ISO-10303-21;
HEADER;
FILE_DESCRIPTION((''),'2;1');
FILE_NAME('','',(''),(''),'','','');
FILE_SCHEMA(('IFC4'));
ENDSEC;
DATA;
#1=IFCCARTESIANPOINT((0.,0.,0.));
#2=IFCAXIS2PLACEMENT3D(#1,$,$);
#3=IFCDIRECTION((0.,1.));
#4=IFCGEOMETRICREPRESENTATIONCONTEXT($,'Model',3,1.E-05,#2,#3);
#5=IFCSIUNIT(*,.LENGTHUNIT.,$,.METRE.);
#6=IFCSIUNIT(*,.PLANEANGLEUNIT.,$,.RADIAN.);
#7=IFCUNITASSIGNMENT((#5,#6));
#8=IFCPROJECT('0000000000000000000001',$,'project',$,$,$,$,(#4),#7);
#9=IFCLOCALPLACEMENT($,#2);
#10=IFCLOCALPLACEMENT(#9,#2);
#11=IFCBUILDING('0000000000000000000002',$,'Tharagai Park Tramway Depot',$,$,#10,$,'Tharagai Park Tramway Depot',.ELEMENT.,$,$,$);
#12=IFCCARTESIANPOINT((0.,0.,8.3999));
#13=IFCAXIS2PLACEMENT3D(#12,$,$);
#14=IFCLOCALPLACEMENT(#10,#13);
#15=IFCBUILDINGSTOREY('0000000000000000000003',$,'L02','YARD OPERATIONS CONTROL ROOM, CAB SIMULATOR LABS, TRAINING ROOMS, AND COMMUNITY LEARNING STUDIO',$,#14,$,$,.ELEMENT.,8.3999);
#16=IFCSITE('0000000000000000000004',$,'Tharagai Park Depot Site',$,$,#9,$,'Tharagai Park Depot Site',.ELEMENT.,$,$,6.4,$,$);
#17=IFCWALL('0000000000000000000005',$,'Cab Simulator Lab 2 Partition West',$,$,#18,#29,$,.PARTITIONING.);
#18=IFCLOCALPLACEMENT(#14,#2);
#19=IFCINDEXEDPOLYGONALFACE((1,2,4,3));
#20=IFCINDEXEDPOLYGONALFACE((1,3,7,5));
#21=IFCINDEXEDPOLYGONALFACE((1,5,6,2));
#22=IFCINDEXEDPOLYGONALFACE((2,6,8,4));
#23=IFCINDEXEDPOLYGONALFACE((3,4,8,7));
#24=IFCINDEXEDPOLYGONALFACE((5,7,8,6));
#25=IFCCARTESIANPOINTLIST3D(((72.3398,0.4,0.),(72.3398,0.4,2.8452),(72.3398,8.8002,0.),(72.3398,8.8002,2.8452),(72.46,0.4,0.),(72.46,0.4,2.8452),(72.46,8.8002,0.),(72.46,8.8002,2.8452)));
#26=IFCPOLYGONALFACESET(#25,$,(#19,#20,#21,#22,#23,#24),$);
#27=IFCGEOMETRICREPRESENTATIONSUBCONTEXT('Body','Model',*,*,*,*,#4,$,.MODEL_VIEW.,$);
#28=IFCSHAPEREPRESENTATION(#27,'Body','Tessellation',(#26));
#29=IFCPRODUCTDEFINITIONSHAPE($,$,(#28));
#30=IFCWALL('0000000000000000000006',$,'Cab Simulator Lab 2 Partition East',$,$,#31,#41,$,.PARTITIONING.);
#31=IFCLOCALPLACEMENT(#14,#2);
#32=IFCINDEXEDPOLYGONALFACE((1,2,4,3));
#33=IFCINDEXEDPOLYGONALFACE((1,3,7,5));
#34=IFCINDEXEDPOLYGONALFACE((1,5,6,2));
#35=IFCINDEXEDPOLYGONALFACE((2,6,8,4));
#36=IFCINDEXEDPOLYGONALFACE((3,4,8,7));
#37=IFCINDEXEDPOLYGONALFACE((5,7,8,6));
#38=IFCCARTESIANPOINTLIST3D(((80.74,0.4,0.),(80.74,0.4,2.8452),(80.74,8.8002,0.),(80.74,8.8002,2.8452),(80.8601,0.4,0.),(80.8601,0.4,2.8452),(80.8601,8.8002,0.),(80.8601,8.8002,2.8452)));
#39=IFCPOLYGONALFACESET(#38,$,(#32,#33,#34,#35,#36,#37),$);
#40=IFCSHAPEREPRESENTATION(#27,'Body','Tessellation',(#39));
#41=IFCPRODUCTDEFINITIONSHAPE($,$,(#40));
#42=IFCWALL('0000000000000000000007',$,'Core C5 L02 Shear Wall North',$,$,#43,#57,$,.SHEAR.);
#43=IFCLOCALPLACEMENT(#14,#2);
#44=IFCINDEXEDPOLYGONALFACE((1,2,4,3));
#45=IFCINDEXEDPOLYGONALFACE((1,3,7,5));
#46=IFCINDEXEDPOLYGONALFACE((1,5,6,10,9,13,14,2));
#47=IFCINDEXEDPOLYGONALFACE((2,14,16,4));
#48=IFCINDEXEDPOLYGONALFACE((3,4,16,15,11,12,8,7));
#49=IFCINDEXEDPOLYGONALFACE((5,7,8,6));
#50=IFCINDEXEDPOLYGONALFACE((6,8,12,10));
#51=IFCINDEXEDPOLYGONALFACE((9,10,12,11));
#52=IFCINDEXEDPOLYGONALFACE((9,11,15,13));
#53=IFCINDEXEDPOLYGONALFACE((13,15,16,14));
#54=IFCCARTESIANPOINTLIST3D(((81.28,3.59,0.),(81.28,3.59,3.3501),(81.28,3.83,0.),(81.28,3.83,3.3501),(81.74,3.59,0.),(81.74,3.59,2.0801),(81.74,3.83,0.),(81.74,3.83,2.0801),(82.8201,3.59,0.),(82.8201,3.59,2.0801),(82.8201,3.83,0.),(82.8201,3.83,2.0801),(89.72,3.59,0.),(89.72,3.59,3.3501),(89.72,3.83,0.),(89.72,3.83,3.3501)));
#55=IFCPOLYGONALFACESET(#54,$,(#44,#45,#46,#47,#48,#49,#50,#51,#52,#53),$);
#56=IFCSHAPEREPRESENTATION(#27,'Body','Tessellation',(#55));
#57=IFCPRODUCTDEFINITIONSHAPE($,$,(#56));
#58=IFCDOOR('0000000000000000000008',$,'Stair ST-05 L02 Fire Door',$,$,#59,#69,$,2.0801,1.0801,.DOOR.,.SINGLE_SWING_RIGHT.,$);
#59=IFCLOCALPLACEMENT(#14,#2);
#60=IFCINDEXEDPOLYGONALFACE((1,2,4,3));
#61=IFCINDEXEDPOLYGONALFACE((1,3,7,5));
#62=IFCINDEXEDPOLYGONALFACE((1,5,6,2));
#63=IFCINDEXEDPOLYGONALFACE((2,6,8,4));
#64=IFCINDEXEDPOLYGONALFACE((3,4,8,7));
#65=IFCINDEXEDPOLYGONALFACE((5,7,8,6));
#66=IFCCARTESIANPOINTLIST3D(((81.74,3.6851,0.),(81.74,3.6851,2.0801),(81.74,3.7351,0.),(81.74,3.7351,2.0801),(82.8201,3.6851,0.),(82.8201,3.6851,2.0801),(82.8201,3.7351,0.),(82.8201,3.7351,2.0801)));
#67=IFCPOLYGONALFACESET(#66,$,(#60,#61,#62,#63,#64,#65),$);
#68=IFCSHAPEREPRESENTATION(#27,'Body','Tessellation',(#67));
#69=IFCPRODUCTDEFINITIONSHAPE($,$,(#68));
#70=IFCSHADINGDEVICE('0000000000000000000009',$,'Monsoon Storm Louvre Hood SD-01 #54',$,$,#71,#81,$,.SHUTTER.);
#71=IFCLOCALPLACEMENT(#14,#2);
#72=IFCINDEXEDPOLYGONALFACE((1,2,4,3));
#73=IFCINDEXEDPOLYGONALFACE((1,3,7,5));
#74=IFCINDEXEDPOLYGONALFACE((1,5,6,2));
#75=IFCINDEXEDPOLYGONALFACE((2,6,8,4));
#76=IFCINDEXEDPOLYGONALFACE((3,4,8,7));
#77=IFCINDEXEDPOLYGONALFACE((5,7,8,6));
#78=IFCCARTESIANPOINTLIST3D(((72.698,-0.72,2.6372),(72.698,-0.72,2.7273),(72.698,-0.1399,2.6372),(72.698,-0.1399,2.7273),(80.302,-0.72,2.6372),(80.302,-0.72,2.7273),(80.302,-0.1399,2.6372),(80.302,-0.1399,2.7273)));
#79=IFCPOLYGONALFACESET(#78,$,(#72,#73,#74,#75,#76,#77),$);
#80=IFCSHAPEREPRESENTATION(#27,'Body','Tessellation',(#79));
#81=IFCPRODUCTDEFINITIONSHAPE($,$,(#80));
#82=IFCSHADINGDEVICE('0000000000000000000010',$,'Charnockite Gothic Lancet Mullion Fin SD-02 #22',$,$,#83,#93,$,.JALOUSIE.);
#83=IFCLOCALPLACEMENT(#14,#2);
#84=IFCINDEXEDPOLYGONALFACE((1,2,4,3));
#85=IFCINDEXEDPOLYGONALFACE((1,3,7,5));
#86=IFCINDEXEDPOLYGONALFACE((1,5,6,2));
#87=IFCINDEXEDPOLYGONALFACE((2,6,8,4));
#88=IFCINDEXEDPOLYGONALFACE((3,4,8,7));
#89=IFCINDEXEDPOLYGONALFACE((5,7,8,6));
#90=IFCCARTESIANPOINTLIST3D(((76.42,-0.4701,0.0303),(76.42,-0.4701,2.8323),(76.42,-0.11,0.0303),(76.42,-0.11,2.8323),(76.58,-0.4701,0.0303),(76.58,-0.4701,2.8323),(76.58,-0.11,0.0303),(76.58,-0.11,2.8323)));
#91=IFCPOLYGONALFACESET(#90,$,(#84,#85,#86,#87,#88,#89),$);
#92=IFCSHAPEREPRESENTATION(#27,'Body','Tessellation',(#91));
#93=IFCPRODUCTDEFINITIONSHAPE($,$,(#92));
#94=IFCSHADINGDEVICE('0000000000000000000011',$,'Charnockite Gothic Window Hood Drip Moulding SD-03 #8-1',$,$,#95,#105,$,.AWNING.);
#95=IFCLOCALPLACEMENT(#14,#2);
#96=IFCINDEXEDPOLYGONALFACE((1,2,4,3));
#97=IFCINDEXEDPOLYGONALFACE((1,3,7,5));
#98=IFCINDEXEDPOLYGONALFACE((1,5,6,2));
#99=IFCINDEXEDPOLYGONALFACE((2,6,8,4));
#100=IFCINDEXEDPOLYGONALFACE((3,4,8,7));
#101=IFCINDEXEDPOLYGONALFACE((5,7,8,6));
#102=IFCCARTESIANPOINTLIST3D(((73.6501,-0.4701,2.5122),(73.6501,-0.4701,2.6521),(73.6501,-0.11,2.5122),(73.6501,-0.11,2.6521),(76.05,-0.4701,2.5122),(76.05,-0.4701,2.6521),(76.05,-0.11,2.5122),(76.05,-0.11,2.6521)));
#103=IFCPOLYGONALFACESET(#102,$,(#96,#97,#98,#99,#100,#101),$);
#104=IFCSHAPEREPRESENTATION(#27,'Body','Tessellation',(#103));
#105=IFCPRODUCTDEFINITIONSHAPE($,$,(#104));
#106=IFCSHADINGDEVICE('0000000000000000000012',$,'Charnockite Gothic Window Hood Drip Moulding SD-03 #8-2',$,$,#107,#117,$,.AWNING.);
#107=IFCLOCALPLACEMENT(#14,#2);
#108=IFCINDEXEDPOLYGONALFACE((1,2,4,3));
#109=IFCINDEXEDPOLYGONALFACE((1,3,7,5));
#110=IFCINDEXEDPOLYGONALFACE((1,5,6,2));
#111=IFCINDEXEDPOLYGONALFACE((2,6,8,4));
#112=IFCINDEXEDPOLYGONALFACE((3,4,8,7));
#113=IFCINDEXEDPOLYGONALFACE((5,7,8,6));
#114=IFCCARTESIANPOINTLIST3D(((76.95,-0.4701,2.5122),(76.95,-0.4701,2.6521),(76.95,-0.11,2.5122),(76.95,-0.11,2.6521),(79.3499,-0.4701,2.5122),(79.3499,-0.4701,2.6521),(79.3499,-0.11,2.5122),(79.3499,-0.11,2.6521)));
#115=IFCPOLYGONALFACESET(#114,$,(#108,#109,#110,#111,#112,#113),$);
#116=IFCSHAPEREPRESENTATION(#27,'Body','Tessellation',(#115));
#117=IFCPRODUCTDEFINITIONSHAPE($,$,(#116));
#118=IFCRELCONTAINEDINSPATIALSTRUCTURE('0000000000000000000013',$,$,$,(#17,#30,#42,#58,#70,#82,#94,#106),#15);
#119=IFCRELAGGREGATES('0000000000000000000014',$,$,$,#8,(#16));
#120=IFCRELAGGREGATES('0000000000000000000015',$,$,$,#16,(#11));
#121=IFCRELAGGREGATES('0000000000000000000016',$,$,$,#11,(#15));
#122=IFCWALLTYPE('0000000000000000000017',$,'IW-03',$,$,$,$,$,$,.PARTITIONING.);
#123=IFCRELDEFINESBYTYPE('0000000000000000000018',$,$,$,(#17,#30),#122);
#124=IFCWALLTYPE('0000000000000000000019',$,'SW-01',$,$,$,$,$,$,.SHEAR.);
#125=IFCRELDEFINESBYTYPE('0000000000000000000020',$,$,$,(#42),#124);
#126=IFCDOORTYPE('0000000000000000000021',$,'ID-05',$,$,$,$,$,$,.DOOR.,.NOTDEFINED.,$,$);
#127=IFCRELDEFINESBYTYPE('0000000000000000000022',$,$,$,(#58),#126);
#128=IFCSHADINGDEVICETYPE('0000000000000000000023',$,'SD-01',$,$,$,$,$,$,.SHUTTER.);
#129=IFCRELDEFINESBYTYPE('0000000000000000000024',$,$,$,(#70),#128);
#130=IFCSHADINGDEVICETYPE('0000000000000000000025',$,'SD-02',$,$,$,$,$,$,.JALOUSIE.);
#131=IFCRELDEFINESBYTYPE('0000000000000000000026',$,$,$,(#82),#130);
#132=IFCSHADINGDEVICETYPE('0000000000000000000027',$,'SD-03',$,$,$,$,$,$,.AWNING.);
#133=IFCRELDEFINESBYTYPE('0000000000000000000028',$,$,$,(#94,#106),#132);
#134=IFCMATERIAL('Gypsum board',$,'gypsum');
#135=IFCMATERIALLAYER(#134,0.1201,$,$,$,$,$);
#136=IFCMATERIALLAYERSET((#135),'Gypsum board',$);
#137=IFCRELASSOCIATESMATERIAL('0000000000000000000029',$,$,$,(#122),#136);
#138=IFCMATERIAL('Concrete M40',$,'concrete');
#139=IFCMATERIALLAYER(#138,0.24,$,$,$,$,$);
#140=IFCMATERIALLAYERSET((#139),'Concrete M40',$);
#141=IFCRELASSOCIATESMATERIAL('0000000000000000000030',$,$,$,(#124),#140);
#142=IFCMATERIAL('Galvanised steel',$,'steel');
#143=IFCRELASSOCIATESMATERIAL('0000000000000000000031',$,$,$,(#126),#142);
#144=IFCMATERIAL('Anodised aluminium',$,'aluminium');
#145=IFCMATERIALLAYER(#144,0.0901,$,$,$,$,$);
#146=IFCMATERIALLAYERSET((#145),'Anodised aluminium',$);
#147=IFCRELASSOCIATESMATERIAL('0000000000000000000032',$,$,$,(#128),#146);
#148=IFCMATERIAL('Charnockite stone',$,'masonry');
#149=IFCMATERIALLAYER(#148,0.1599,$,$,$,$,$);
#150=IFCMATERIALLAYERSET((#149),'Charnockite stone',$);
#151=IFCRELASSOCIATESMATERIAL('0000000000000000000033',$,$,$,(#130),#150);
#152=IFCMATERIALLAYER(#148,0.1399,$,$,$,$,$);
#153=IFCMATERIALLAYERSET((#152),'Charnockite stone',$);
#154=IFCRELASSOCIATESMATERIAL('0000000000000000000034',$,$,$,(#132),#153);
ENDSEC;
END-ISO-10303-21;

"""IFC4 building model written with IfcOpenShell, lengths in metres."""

from ifc_helpers import new_model, si_unit, direction, frame, frame_2d, origin, origin_2d, place, context, subcontext, project, spatial, rectangle, extrude, material, layer, layer_set, type_object, element, fill, save


model = new_model("IFC4")

# Units and contexts
model_context = context("Model", 3, precision=1e-05, world=origin(), true_north=direction((0.0, 1.0)))
body_context = subcontext(model_context, "Body", "Model", "MODEL_VIEW")
ifc_project = project(units=[si_unit("LENGTHUNIT", "METRE"), si_unit("PLANEANGLEUNIT", "RADIAN")], contexts=[model_context])

# Site, building, storey
site_placement = place(None, origin())
site = spatial("IfcSite", under=ifc_project, at=site_placement, Name="Tharagai Park Depot Site", LongName="Tharagai Park Depot Site", CompositionType="ELEMENT", RefElevation=6.4)
building_placement = place(site_placement, origin())
building = spatial("IfcBuilding", under=site, at=building_placement, Name="Tharagai Park Tramway Depot", LongName="Tharagai Park Tramway Depot", CompositionType="ELEMENT")
storey_placement = place(building_placement, frame((0.0, 0.0, 8.3999)))
storey = spatial("IfcBuildingStorey", under=building, at=storey_placement, Name="L02", Description="YARD OPERATIONS CONTROL ROOM, CAB SIMULATOR LABS, TRAINING ROOMS, AND COMMUNITY LEARNING STUDIO", CompositionType="ELEMENT", Elevation=8.3999)

# Shared definitions
ifc_material_1 = material(Name="Concrete M40", Category="concrete")

# Shared definitions
ifc_material_2 = material(Name="Gypsum board", Category="gypsum")
ifc_layer_1 = layer(ifc_material_2, 0.1201)
ifc_layer_set_1 = layer_set([ifc_layer_1], Name="Gypsum board")
wall_type_1 = type_object("IfcWallType", Name="IW-03", PredefinedType="PARTITIONING", material=ifc_layer_set_1)

# Walls
for number, where, z_axis, x_axis, name in (
    (1, (72.3999, 0.3999, 0.0), (0.0, 0.0, 1.0), (0.0, 1.0, 0.0), "Cab Simulator Lab 2 Partition West"),
    (2, (80.8, 0.3999, 0.0), (0.0, 0.0, 1.0), (0.0, 1.0, 0.0), "Cab Simulator Lab 2 Partition East"),
):
    element("IfcWall", number, at=place(storey_placement, frame(where, z_axis=z_axis, x_axis=x_axis)), inside=storey, type_object=wall_type_1, Name=name, PredefinedType="PARTITIONING", context=body_context, shape_type="SweptSolid", body=[
        extrude(rectangle(XDim=8.4001, YDim=0.1201, at=frame_2d((4.2002, 0.0))), origin(), (0.0, 0.0, 1.0), 2.8452),
    ])

# Wall, opening, door
ifc_layer_2 = layer(ifc_material_1, 0.24)
ifc_layer_set_2 = layer_set([ifc_layer_2], Name="Concrete M40")
wall_type_2 = type_object("IfcWallType", Name="SW-01", PredefinedType="SHEAR", material=ifc_layer_set_2)
wall_1_placement = place(storey_placement, frame((81.28, 3.71, 0.0), z_axis=(0.0, 0.0, 1.0), x_axis=(1.0, 0.0, 0.0)))
wall_1 = element("IfcWall", 3, at=wall_1_placement, inside=storey, type_object=wall_type_2, Name="Core C5 L02 Shear Wall North", PredefinedType="SHEAR", context=body_context, shape_type="SweptSolid", body=[
    extrude(rectangle(XDim=8.4399, YDim=0.24, at=frame_2d((4.22, 0.0))), origin(), (0.0, 0.0, 1.0), 3.3501),
])
opening_1_placement = place(wall_1_placement, frame((0.46, 0.0, 0.0)))
opening_1 = element("IfcOpeningElement", 4, at=opening_1_placement, cuts=wall_1, PredefinedType="OPENING", context=body_context, shape_type="SweptSolid", body=[
    extrude(rectangle(XDim=1.0801, YDim=2.0801, at=frame_2d((0.54, 1.04))), frame((0.0, 0.1299, 0.0), z_axis=(0.0, -1.0, 0.0), x_axis=(1.0, 0.0, 0.0)), (0.0, 0.0, 1.0), 0.26),
])
ifc_material_3 = material(Name="Galvanised steel", Category="steel")
door_type_1 = type_object("IfcDoorType", Name="ID-05", OperationType="NOTDEFINED", PredefinedType="DOOR", material=ifc_material_3)
door_1_placement = place(opening_1_placement, frame((1.0801, 0.0, 0.0), z_axis=(0.0, 0.0, 1.0), x_axis=(-1.0, 0.0, 0.0)))
door_1 = element("IfcDoor", 5, at=door_1_placement, inside=storey, type_object=door_type_1, Name="Stair ST-05 L02 Fire Door", OperationType="SINGLE_SWING_RIGHT", OverallHeight=2.0801, OverallWidth=1.0801, PredefinedType="DOOR", context=body_context, shape_type="SweptSolid", body=[
    extrude(rectangle(XDim=1.0801, YDim=2.0801, at=frame_2d((0.54, 1.04))), frame((0.0, 0.0249, 0.0), z_axis=(0.0, -1.0, 0.0), x_axis=(1.0, 0.0, 0.0)), (0.0, 0.0, 1.0), 0.05),
])
fill(opening_1, door_1)

# Shading devices
ifc_material_4 = material(Name="Anodised aluminium", Category="aluminium")
ifc_layer_3 = layer(ifc_material_4, 0.0901)
ifc_layer_set_3 = layer_set([ifc_layer_3], Name="Anodised aluminium")
shading_device_type_1 = type_object("IfcShadingDeviceType", Name="SD-01", PredefinedType="SHUTTER", material=ifc_layer_set_3)
shading_device_1_placement = place(storey_placement, frame((76.5, -0.4299, 2.6372), z_axis=(0.0, 0.0, 1.0), x_axis=(1.0, 0.0, 0.0)))
element("IfcShadingDevice", 6, at=shading_device_1_placement, inside=storey, type_object=shading_device_type_1, Name="Monsoon Storm Louvre Hood SD-01 #54", PredefinedType="SHUTTER", context=body_context, shape_type="SweptSolid", body=[
    extrude(rectangle(XDim=7.604, YDim=0.5801, at=origin_2d()), origin(), (0.0, 0.0, 1.0), 0.0901),
])
ifc_material_5 = material(Name="Charnockite stone", Category="masonry")
ifc_layer_4 = layer(ifc_material_5, 0.1599)
ifc_layer_set_4 = layer_set([ifc_layer_4], Name="Charnockite stone")
shading_device_type_2 = type_object("IfcShadingDeviceType", Name="SD-02", PredefinedType="JALOUSIE", material=ifc_layer_set_4)
shading_device_2_placement = place(storey_placement, frame((76.5, -0.29, 0.0303), z_axis=(0.0, 0.0, 1.0), x_axis=(1.0, 0.0, 0.0)))
element("IfcShadingDevice", 7, at=shading_device_2_placement, inside=storey, type_object=shading_device_type_2, Name="Charnockite Gothic Lancet Mullion Fin SD-02 #22", PredefinedType="JALOUSIE", context=body_context, shape_type="SweptSolid", body=[
    extrude(rectangle(XDim=0.1599, YDim=0.3601, at=origin_2d()), origin(), (0.0, 0.0, 1.0), 2.802),
])
ifc_layer_5 = layer(ifc_material_5, 0.1399)
ifc_layer_set_5 = layer_set([ifc_layer_5], Name="Charnockite stone")
shading_device_type_3 = type_object("IfcShadingDeviceType", Name="SD-03", PredefinedType="AWNING", material=ifc_layer_set_5)
for number, where, z_axis, x_axis, name in (
    (8, (74.8501, -0.29, 2.5122), (0.0, 0.0, 1.0), (1.0, 0.0, 0.0), "Charnockite Gothic Window Hood Drip Moulding SD-03 #8-1"),
    (9, (78.1499, -0.29, 2.5122), (0.0, 0.0, 1.0), (1.0, 0.0, 0.0), "Charnockite Gothic Window Hood Drip Moulding SD-03 #8-2"),
):
    element("IfcShadingDevice", number, at=place(storey_placement, frame(where, z_axis=z_axis, x_axis=x_axis)), inside=storey, type_object=shading_device_type_3, Name=name, PredefinedType="AWNING", context=body_context, shape_type="SweptSolid", body=[
        extrude(rectangle(XDim=2.3999, YDim=0.3601, at=origin_2d()), origin(), (0.0, 0.0, 1.0), 0.1399),
    ])

save(model, "model.ifc")
